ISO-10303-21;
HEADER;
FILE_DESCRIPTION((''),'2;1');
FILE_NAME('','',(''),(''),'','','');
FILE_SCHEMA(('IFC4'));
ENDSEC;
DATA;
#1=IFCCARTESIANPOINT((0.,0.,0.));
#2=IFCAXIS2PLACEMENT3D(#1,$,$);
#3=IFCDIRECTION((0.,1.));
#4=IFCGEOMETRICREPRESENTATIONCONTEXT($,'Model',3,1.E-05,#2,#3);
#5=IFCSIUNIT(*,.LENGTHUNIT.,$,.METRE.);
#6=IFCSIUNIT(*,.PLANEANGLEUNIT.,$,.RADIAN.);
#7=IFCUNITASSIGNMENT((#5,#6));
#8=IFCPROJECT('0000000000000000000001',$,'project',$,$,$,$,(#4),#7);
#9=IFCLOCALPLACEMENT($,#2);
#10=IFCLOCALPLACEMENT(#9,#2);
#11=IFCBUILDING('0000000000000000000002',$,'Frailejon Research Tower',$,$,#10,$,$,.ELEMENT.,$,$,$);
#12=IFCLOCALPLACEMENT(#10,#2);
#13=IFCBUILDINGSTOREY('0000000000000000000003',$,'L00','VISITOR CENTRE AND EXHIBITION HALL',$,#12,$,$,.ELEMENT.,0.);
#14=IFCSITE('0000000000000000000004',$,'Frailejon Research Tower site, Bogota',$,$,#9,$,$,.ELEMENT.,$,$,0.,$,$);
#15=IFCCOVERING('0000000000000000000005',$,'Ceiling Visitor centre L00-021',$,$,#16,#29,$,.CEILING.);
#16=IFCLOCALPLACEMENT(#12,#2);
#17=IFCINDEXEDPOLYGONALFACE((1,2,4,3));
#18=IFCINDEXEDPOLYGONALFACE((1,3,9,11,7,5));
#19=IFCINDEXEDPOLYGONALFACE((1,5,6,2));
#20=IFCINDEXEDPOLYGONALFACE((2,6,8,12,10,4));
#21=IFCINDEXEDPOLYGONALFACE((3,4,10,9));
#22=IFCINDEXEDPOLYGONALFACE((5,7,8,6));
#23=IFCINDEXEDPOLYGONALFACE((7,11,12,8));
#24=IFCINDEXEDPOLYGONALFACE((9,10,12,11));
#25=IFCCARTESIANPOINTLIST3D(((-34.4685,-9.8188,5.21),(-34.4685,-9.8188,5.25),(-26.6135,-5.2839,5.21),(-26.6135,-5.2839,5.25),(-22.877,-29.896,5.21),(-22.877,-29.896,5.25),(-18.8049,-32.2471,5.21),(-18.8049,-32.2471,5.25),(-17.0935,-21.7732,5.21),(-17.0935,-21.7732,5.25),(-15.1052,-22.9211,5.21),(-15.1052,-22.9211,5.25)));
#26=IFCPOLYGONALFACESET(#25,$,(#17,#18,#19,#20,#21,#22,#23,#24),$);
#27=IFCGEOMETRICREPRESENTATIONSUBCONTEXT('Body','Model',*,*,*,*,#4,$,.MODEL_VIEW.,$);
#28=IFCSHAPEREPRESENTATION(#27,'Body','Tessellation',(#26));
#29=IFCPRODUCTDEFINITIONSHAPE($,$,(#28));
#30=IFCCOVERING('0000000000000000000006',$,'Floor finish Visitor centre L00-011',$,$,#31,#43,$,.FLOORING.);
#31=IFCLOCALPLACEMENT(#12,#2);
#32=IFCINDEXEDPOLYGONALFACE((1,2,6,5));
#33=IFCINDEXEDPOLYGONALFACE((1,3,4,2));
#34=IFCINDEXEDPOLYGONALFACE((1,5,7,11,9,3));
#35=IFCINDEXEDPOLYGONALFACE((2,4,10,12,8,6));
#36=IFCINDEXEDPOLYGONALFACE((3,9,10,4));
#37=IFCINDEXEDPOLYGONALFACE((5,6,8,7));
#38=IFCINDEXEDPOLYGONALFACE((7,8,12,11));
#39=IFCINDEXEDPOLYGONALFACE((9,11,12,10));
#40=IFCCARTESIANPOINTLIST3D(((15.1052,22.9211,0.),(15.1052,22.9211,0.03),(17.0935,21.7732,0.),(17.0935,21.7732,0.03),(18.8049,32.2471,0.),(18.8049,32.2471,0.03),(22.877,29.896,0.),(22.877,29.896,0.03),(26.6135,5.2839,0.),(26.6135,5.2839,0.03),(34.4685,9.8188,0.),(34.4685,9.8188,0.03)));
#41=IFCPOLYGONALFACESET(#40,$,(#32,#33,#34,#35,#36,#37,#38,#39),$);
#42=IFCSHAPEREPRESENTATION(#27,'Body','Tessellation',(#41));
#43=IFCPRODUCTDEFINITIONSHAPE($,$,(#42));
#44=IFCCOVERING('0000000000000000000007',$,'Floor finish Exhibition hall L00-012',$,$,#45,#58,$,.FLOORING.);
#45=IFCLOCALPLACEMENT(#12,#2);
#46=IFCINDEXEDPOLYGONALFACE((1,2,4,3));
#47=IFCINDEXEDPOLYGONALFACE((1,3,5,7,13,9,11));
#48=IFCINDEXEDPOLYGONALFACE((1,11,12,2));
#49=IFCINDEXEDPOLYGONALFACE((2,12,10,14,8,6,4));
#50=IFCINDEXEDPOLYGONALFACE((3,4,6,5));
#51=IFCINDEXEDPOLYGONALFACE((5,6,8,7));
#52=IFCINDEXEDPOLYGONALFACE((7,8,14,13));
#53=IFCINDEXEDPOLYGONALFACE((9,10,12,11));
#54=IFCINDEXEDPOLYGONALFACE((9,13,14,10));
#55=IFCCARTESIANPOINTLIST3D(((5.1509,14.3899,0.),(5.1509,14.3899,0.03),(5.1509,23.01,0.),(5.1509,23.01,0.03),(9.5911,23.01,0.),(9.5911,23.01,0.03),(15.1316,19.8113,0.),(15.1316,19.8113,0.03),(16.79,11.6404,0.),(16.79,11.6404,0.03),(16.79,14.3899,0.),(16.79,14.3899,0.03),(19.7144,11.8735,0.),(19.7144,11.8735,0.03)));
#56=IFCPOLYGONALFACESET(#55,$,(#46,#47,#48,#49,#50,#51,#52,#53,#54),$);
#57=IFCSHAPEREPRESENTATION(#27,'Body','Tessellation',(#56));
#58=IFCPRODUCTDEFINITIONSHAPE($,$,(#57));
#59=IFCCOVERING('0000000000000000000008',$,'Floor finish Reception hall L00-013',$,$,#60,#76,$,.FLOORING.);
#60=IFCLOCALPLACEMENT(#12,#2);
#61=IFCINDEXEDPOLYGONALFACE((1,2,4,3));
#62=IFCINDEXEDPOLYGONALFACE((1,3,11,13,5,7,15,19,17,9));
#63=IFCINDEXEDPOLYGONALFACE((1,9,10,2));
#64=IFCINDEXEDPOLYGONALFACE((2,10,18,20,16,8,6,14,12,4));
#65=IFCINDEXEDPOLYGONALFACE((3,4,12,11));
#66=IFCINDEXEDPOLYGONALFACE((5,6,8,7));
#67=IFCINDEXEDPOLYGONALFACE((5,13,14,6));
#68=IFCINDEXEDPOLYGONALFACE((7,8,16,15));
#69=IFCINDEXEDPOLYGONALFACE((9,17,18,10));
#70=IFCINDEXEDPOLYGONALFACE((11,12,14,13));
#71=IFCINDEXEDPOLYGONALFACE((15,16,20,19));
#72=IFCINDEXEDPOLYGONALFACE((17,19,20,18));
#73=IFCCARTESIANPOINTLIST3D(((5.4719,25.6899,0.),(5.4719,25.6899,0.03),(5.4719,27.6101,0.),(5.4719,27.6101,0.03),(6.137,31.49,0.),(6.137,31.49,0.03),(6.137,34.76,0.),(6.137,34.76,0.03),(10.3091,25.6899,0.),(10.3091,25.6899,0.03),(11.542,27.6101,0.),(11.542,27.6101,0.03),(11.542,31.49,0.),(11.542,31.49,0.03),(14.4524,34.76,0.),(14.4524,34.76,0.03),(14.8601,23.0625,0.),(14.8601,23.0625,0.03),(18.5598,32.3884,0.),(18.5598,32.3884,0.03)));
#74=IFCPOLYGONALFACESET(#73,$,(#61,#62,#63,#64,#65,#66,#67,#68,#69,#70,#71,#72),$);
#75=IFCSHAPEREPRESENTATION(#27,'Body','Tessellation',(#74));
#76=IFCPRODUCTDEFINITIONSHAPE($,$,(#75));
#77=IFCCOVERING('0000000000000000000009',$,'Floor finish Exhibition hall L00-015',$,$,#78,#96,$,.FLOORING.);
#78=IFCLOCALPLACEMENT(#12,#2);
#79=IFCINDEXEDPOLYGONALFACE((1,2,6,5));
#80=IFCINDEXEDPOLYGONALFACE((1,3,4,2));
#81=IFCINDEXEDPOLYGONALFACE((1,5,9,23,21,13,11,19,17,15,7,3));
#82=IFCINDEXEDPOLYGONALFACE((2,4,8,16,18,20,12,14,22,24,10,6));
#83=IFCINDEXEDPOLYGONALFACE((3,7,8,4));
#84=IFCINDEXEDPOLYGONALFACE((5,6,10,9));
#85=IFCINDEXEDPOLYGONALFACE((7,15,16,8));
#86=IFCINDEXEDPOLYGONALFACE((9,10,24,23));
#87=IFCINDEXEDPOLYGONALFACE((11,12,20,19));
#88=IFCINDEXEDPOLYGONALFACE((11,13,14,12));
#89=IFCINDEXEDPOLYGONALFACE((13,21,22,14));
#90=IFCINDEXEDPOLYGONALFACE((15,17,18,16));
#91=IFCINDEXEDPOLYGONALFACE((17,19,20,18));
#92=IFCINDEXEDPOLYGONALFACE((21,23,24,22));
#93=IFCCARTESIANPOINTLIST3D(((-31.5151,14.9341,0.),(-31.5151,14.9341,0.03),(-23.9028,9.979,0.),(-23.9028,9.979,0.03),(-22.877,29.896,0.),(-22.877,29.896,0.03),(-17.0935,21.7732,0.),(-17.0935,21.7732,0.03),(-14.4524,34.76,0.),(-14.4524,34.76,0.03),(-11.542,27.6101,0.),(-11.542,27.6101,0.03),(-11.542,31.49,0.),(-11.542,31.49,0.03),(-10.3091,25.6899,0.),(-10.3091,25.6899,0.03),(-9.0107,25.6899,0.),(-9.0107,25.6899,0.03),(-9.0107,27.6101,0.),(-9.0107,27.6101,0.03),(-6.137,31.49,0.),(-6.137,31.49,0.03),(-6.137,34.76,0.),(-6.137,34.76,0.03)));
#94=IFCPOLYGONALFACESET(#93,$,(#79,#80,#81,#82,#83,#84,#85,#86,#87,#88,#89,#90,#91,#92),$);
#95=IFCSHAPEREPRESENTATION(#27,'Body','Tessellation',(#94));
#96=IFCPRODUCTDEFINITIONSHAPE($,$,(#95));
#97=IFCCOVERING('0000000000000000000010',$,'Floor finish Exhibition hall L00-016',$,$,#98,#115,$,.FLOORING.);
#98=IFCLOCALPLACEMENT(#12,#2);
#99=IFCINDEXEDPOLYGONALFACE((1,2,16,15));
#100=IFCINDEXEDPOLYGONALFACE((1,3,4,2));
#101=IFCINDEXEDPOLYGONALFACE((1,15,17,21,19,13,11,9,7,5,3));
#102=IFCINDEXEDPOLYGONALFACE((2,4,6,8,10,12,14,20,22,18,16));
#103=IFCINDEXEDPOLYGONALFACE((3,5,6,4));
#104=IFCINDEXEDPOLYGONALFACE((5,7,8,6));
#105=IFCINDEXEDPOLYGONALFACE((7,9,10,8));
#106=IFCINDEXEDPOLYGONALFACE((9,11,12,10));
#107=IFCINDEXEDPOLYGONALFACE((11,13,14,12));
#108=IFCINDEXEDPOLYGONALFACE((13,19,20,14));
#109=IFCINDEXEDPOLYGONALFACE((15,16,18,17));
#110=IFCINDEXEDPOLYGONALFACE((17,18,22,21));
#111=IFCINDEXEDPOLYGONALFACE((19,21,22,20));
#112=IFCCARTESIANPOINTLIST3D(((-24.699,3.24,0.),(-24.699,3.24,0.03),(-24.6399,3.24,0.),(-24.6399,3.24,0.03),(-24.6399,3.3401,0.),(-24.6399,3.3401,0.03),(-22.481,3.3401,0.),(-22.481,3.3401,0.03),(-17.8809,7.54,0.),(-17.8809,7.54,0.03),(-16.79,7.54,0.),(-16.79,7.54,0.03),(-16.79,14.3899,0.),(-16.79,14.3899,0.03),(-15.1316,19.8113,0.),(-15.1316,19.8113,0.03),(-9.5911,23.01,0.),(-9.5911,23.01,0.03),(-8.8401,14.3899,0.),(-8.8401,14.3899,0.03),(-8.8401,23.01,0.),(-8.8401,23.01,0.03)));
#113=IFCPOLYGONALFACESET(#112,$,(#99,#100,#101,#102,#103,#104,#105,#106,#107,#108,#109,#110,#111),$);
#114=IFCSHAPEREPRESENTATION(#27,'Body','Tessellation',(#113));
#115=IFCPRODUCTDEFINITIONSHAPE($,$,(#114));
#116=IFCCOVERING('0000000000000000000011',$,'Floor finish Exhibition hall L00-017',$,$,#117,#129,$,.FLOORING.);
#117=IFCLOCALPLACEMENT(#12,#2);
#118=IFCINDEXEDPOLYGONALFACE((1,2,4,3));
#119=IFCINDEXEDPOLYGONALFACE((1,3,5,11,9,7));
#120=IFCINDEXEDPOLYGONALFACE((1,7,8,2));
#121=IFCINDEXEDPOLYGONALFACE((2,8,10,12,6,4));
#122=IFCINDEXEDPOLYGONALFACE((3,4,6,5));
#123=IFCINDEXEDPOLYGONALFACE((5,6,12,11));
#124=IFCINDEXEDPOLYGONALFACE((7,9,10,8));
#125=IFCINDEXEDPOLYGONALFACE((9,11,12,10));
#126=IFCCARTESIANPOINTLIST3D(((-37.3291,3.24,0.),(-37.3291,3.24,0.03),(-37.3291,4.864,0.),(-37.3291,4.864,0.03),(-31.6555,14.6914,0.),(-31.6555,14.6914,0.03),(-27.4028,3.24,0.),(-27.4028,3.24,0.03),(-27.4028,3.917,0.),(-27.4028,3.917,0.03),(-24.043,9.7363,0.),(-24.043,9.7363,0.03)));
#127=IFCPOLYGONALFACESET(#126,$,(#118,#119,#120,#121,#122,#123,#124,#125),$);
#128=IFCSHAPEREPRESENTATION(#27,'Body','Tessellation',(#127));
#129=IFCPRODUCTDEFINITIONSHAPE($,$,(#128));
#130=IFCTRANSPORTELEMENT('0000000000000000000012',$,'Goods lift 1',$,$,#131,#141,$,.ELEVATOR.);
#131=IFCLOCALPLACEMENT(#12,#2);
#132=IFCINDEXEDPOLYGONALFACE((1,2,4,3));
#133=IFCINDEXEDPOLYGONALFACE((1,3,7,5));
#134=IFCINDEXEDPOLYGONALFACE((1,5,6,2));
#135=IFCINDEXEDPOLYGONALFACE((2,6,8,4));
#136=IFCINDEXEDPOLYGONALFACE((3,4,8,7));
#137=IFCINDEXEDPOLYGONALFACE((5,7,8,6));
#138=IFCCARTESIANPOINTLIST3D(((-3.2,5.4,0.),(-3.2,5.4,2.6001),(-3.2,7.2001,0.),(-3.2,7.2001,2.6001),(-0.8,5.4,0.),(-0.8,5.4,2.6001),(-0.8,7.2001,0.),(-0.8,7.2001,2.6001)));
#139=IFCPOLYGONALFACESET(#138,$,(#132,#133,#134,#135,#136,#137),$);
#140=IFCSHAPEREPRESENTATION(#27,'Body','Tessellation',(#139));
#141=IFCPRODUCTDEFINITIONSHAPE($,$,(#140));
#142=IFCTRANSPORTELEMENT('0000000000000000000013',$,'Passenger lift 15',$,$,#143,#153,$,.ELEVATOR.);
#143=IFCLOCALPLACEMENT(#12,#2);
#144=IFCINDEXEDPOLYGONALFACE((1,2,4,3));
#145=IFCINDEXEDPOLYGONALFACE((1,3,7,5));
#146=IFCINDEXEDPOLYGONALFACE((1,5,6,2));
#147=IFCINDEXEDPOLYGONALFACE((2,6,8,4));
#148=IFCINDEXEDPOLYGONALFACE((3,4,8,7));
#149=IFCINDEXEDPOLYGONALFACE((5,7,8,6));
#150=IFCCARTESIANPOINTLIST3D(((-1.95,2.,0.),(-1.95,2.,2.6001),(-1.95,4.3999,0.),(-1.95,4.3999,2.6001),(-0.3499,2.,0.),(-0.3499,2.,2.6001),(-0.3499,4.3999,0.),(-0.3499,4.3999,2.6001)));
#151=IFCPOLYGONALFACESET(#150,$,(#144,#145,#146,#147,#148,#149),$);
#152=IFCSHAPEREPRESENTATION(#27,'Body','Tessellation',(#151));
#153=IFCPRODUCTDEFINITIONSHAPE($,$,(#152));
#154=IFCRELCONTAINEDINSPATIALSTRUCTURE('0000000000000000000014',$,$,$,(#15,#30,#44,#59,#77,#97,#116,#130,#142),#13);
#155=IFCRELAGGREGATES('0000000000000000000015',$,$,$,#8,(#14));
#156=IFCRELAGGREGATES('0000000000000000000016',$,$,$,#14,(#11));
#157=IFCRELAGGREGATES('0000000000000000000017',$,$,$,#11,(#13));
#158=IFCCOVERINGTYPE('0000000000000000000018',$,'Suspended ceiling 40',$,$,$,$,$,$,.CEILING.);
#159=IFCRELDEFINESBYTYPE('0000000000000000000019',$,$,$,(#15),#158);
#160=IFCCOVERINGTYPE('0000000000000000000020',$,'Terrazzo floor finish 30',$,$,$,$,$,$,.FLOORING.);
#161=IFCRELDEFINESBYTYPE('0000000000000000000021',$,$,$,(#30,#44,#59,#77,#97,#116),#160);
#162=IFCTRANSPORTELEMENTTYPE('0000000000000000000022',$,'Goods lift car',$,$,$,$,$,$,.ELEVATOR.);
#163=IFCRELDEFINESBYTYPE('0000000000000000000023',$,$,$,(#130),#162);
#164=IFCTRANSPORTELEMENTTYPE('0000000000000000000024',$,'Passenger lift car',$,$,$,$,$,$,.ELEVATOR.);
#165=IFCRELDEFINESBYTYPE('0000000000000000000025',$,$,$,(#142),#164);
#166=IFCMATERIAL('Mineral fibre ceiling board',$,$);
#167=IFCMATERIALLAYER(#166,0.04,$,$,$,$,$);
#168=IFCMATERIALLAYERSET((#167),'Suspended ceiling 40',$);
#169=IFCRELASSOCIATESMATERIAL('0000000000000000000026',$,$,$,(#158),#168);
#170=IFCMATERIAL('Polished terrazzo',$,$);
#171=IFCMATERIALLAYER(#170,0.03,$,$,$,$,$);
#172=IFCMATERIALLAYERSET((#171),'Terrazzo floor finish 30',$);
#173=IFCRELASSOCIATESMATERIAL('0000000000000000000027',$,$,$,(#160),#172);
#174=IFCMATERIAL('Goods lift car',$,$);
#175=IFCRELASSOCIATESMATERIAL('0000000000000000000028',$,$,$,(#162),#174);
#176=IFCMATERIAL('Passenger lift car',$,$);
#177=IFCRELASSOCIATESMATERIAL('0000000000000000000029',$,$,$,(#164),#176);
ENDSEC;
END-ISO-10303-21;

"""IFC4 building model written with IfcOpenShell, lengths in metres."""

from ifc_helpers import new_model, si_unit, direction, frame, origin, origin_2d, place, context, subcontext, project, spatial, polyline, rectangle, outline, extrude, material, layer, layer_set, type_object, element, save


model = new_model("IFC4")

# Units and contexts
model_context = context("Model", 3, precision=1e-05, world=origin(), true_north=direction((0.0, 1.0)))
body_context = subcontext(model_context, "Body", "Model", "MODEL_VIEW")
ifc_project = project(units=[si_unit("LENGTHUNIT", "METRE"), si_unit("PLANEANGLEUNIT", "RADIAN")], contexts=[model_context])

# Site, building, storey
site_placement = place(None, origin())
site = spatial("IfcSite", under=ifc_project, at=site_placement, Name="Frailejon Research Tower site, Bogota", CompositionType="ELEMENT", RefElevation=0.0)
building_placement = place(site_placement, origin())
building = spatial("IfcBuilding", under=site, at=building_placement, Name="Frailejon Research Tower", CompositionType="ELEMENT")
storey_placement = place(building_placement, origin())
storey = spatial("IfcBuildingStorey", under=building, at=storey_placement, Name="L00", Description="VISITOR CENTRE AND EXHIBITION HALL", CompositionType="ELEMENT", Elevation=0.0)

# Coverings
ifc_material_1 = material(Name="Mineral fibre ceiling board")
ifc_layer_1 = layer(ifc_material_1, 0.04)
ifc_layer_set_1 = layer_set([ifc_layer_1], Name="Suspended ceiling 40")
covering_type_1 = type_object("IfcCoveringType", Name="Suspended ceiling 40", PredefinedType="CEILING", material=ifc_layer_set_1)
covering_1_placement = place(storey_placement, frame((0.0, 0.0, 5.21)))
element("IfcCovering", 1, at=covering_1_placement, inside=storey, type_object=covering_type_1, Name="Ceiling Visitor centre L00-021", PredefinedType="CEILING", context=body_context, shape_type="SweptSolid", body=[
    extrude(outline(polyline([(-15.1052, -22.9211), (-17.0935, -21.7732), (-26.6135, -5.2839), (-34.4685, -9.8188), (-22.877, -29.896), (-18.8049, -32.2471), (-15.1052, -22.9211)])), origin(), (0.0, 0.0, 1.0), 0.04),
])
ifc_material_2 = material(Name="Polished terrazzo")
ifc_layer_2 = layer(ifc_material_2, 0.03)
ifc_layer_set_2 = layer_set([ifc_layer_2], Name="Terrazzo floor finish 30")
covering_type_2 = type_object("IfcCoveringType", Name="Terrazzo floor finish 30", PredefinedType="FLOORING", material=ifc_layer_set_2)
covering_2_placement = place(storey_placement, origin())
element("IfcCovering", 2, at=covering_2_placement, inside=storey, type_object=covering_type_2, Name="Floor finish Visitor centre L00-011", PredefinedType="FLOORING", context=body_context, shape_type="SweptSolid", body=[
    extrude(outline(polyline([(15.1052, 22.9211), (17.0935, 21.7732), (26.6135, 5.2839), (34.4685, 9.8188), (22.877, 29.896), (18.8049, 32.2471), (15.1052, 22.9211)])), origin(), (0.0, 0.0, 1.0), 0.03),
])
covering_3_placement = place(storey_placement, origin())
element("IfcCovering", 3, at=covering_3_placement, inside=storey, type_object=covering_type_2, Name="Floor finish Exhibition hall L00-012", PredefinedType="FLOORING", context=body_context, shape_type="SweptSolid", body=[
    extrude(outline(polyline([(19.7144, 11.8735), (15.1316, 19.8113), (9.5911, 23.01), (5.1509, 23.01), (5.1509, 14.3899), (16.79, 14.3899), (16.79, 11.6404), (19.7144, 11.8735)])), origin(), (0.0, 0.0, 1.0), 0.03),
])
covering_4_placement = place(storey_placement, origin())
element("IfcCovering", 4, at=covering_4_placement, inside=storey, type_object=covering_type_2, Name="Floor finish Reception hall L00-013", PredefinedType="FLOORING", context=body_context, shape_type="SweptSolid", body=[
    extrude(outline(polyline([(5.4719, 25.6899), (10.3091, 25.6899), (14.8601, 23.0625), (18.5598, 32.3884), (14.4524, 34.76), (6.137, 34.76), (6.137, 31.49), (11.542, 31.49), (11.542, 27.6101), (5.4719, 27.6101), (5.4719, 25.6899)])), origin(), (0.0, 0.0, 1.0), 0.03),
])
covering_5_placement = place(storey_placement, origin())
element("IfcCovering", 5, at=covering_5_placement, inside=storey, type_object=covering_type_2, Name="Floor finish Exhibition hall L00-015", PredefinedType="FLOORING", context=body_context, shape_type="SweptSolid", body=[
    extrude(outline(polyline([(-17.0935, 21.7732), (-10.3091, 25.6899), (-9.0107, 25.6899), (-9.0107, 27.6101), (-11.542, 27.6101), (-11.542, 31.49), (-6.137, 31.49), (-6.137, 34.76), (-14.4524, 34.76), (-22.877, 29.896), (-31.5151, 14.9341), (-23.9028, 9.979), (-17.0935, 21.7732)])), origin(), (0.0, 0.0, 1.0), 0.03),
])
covering_6_placement = place(storey_placement, origin())
element("IfcCovering", 6, at=covering_6_placement, inside=storey, type_object=covering_type_2, Name="Floor finish Exhibition hall L00-016", PredefinedType="FLOORING", context=body_context, shape_type="SweptSolid", body=[
    extrude(outline(polyline([(-24.6399, 3.24), (-24.6399, 3.3401), (-22.481, 3.3401), (-17.8809, 7.54), (-16.79, 7.54), (-16.79, 14.3899), (-8.8401, 14.3899), (-8.8401, 23.01), (-9.5911, 23.01), (-15.1316, 19.8113), (-24.699, 3.24), (-24.6399, 3.24)])), origin(), (0.0, 0.0, 1.0), 0.03),
])
covering_7_placement = place(storey_placement, origin())
element("IfcCovering", 7, at=covering_7_placement, inside=storey, type_object=covering_type_2, Name="Floor finish Exhibition hall L00-017", PredefinedType="FLOORING", context=body_context, shape_type="SweptSolid", body=[
    extrude(outline(polyline([(-27.4028, 3.24), (-27.4028, 3.917), (-24.043, 9.7363), (-31.6555, 14.6914), (-37.3291, 4.864), (-37.3291, 3.24), (-27.4028, 3.24)])), origin(), (0.0, 0.0, 1.0), 0.03),
])

# Transport elements
ifc_material_3 = material(Name="Goods lift car")
transport_element_type_1 = type_object("IfcTransportElementType", Name="Goods lift car", PredefinedType="ELEVATOR", material=ifc_material_3)
transport_element_1_placement = place(storey_placement, frame((-2.0, 6.3, 0.0), z_axis=(0.0, 0.0, 1.0), x_axis=(1.0, 0.0, 0.0)))
element("IfcTransportElement", 8, at=transport_element_1_placement, inside=storey, type_object=transport_element_type_1, Name="Goods lift 1", PredefinedType="ELEVATOR", context=body_context, shape_type="SweptSolid", body=[
    extrude(rectangle(XDim=2.3999, YDim=1.8, at=origin_2d()), origin(), (0.0, 0.0, 1.0), 2.6001),
])
ifc_material_4 = material(Name="Passenger lift car")
transport_element_type_2 = type_object("IfcTransportElementType", Name="Passenger lift car", PredefinedType="ELEVATOR", material=ifc_material_4)
transport_element_2_placement = place(storey_placement, frame((-1.1499, 3.2, 0.0), z_axis=(0.0, 0.0, 1.0), x_axis=(1.0, 0.0, 0.0)))
element("IfcTransportElement", 9, at=transport_element_2_placement, inside=storey, type_object=transport_element_type_2, Name="Passenger lift 15", PredefinedType="ELEVATOR", context=body_context, shape_type="SweptSolid", body=[
    extrude(rectangle(XDim=1.6001, YDim=2.3999, at=origin_2d()), origin(), (0.0, 0.0, 1.0), 2.6001),
])

save(model, "model.ifc")
